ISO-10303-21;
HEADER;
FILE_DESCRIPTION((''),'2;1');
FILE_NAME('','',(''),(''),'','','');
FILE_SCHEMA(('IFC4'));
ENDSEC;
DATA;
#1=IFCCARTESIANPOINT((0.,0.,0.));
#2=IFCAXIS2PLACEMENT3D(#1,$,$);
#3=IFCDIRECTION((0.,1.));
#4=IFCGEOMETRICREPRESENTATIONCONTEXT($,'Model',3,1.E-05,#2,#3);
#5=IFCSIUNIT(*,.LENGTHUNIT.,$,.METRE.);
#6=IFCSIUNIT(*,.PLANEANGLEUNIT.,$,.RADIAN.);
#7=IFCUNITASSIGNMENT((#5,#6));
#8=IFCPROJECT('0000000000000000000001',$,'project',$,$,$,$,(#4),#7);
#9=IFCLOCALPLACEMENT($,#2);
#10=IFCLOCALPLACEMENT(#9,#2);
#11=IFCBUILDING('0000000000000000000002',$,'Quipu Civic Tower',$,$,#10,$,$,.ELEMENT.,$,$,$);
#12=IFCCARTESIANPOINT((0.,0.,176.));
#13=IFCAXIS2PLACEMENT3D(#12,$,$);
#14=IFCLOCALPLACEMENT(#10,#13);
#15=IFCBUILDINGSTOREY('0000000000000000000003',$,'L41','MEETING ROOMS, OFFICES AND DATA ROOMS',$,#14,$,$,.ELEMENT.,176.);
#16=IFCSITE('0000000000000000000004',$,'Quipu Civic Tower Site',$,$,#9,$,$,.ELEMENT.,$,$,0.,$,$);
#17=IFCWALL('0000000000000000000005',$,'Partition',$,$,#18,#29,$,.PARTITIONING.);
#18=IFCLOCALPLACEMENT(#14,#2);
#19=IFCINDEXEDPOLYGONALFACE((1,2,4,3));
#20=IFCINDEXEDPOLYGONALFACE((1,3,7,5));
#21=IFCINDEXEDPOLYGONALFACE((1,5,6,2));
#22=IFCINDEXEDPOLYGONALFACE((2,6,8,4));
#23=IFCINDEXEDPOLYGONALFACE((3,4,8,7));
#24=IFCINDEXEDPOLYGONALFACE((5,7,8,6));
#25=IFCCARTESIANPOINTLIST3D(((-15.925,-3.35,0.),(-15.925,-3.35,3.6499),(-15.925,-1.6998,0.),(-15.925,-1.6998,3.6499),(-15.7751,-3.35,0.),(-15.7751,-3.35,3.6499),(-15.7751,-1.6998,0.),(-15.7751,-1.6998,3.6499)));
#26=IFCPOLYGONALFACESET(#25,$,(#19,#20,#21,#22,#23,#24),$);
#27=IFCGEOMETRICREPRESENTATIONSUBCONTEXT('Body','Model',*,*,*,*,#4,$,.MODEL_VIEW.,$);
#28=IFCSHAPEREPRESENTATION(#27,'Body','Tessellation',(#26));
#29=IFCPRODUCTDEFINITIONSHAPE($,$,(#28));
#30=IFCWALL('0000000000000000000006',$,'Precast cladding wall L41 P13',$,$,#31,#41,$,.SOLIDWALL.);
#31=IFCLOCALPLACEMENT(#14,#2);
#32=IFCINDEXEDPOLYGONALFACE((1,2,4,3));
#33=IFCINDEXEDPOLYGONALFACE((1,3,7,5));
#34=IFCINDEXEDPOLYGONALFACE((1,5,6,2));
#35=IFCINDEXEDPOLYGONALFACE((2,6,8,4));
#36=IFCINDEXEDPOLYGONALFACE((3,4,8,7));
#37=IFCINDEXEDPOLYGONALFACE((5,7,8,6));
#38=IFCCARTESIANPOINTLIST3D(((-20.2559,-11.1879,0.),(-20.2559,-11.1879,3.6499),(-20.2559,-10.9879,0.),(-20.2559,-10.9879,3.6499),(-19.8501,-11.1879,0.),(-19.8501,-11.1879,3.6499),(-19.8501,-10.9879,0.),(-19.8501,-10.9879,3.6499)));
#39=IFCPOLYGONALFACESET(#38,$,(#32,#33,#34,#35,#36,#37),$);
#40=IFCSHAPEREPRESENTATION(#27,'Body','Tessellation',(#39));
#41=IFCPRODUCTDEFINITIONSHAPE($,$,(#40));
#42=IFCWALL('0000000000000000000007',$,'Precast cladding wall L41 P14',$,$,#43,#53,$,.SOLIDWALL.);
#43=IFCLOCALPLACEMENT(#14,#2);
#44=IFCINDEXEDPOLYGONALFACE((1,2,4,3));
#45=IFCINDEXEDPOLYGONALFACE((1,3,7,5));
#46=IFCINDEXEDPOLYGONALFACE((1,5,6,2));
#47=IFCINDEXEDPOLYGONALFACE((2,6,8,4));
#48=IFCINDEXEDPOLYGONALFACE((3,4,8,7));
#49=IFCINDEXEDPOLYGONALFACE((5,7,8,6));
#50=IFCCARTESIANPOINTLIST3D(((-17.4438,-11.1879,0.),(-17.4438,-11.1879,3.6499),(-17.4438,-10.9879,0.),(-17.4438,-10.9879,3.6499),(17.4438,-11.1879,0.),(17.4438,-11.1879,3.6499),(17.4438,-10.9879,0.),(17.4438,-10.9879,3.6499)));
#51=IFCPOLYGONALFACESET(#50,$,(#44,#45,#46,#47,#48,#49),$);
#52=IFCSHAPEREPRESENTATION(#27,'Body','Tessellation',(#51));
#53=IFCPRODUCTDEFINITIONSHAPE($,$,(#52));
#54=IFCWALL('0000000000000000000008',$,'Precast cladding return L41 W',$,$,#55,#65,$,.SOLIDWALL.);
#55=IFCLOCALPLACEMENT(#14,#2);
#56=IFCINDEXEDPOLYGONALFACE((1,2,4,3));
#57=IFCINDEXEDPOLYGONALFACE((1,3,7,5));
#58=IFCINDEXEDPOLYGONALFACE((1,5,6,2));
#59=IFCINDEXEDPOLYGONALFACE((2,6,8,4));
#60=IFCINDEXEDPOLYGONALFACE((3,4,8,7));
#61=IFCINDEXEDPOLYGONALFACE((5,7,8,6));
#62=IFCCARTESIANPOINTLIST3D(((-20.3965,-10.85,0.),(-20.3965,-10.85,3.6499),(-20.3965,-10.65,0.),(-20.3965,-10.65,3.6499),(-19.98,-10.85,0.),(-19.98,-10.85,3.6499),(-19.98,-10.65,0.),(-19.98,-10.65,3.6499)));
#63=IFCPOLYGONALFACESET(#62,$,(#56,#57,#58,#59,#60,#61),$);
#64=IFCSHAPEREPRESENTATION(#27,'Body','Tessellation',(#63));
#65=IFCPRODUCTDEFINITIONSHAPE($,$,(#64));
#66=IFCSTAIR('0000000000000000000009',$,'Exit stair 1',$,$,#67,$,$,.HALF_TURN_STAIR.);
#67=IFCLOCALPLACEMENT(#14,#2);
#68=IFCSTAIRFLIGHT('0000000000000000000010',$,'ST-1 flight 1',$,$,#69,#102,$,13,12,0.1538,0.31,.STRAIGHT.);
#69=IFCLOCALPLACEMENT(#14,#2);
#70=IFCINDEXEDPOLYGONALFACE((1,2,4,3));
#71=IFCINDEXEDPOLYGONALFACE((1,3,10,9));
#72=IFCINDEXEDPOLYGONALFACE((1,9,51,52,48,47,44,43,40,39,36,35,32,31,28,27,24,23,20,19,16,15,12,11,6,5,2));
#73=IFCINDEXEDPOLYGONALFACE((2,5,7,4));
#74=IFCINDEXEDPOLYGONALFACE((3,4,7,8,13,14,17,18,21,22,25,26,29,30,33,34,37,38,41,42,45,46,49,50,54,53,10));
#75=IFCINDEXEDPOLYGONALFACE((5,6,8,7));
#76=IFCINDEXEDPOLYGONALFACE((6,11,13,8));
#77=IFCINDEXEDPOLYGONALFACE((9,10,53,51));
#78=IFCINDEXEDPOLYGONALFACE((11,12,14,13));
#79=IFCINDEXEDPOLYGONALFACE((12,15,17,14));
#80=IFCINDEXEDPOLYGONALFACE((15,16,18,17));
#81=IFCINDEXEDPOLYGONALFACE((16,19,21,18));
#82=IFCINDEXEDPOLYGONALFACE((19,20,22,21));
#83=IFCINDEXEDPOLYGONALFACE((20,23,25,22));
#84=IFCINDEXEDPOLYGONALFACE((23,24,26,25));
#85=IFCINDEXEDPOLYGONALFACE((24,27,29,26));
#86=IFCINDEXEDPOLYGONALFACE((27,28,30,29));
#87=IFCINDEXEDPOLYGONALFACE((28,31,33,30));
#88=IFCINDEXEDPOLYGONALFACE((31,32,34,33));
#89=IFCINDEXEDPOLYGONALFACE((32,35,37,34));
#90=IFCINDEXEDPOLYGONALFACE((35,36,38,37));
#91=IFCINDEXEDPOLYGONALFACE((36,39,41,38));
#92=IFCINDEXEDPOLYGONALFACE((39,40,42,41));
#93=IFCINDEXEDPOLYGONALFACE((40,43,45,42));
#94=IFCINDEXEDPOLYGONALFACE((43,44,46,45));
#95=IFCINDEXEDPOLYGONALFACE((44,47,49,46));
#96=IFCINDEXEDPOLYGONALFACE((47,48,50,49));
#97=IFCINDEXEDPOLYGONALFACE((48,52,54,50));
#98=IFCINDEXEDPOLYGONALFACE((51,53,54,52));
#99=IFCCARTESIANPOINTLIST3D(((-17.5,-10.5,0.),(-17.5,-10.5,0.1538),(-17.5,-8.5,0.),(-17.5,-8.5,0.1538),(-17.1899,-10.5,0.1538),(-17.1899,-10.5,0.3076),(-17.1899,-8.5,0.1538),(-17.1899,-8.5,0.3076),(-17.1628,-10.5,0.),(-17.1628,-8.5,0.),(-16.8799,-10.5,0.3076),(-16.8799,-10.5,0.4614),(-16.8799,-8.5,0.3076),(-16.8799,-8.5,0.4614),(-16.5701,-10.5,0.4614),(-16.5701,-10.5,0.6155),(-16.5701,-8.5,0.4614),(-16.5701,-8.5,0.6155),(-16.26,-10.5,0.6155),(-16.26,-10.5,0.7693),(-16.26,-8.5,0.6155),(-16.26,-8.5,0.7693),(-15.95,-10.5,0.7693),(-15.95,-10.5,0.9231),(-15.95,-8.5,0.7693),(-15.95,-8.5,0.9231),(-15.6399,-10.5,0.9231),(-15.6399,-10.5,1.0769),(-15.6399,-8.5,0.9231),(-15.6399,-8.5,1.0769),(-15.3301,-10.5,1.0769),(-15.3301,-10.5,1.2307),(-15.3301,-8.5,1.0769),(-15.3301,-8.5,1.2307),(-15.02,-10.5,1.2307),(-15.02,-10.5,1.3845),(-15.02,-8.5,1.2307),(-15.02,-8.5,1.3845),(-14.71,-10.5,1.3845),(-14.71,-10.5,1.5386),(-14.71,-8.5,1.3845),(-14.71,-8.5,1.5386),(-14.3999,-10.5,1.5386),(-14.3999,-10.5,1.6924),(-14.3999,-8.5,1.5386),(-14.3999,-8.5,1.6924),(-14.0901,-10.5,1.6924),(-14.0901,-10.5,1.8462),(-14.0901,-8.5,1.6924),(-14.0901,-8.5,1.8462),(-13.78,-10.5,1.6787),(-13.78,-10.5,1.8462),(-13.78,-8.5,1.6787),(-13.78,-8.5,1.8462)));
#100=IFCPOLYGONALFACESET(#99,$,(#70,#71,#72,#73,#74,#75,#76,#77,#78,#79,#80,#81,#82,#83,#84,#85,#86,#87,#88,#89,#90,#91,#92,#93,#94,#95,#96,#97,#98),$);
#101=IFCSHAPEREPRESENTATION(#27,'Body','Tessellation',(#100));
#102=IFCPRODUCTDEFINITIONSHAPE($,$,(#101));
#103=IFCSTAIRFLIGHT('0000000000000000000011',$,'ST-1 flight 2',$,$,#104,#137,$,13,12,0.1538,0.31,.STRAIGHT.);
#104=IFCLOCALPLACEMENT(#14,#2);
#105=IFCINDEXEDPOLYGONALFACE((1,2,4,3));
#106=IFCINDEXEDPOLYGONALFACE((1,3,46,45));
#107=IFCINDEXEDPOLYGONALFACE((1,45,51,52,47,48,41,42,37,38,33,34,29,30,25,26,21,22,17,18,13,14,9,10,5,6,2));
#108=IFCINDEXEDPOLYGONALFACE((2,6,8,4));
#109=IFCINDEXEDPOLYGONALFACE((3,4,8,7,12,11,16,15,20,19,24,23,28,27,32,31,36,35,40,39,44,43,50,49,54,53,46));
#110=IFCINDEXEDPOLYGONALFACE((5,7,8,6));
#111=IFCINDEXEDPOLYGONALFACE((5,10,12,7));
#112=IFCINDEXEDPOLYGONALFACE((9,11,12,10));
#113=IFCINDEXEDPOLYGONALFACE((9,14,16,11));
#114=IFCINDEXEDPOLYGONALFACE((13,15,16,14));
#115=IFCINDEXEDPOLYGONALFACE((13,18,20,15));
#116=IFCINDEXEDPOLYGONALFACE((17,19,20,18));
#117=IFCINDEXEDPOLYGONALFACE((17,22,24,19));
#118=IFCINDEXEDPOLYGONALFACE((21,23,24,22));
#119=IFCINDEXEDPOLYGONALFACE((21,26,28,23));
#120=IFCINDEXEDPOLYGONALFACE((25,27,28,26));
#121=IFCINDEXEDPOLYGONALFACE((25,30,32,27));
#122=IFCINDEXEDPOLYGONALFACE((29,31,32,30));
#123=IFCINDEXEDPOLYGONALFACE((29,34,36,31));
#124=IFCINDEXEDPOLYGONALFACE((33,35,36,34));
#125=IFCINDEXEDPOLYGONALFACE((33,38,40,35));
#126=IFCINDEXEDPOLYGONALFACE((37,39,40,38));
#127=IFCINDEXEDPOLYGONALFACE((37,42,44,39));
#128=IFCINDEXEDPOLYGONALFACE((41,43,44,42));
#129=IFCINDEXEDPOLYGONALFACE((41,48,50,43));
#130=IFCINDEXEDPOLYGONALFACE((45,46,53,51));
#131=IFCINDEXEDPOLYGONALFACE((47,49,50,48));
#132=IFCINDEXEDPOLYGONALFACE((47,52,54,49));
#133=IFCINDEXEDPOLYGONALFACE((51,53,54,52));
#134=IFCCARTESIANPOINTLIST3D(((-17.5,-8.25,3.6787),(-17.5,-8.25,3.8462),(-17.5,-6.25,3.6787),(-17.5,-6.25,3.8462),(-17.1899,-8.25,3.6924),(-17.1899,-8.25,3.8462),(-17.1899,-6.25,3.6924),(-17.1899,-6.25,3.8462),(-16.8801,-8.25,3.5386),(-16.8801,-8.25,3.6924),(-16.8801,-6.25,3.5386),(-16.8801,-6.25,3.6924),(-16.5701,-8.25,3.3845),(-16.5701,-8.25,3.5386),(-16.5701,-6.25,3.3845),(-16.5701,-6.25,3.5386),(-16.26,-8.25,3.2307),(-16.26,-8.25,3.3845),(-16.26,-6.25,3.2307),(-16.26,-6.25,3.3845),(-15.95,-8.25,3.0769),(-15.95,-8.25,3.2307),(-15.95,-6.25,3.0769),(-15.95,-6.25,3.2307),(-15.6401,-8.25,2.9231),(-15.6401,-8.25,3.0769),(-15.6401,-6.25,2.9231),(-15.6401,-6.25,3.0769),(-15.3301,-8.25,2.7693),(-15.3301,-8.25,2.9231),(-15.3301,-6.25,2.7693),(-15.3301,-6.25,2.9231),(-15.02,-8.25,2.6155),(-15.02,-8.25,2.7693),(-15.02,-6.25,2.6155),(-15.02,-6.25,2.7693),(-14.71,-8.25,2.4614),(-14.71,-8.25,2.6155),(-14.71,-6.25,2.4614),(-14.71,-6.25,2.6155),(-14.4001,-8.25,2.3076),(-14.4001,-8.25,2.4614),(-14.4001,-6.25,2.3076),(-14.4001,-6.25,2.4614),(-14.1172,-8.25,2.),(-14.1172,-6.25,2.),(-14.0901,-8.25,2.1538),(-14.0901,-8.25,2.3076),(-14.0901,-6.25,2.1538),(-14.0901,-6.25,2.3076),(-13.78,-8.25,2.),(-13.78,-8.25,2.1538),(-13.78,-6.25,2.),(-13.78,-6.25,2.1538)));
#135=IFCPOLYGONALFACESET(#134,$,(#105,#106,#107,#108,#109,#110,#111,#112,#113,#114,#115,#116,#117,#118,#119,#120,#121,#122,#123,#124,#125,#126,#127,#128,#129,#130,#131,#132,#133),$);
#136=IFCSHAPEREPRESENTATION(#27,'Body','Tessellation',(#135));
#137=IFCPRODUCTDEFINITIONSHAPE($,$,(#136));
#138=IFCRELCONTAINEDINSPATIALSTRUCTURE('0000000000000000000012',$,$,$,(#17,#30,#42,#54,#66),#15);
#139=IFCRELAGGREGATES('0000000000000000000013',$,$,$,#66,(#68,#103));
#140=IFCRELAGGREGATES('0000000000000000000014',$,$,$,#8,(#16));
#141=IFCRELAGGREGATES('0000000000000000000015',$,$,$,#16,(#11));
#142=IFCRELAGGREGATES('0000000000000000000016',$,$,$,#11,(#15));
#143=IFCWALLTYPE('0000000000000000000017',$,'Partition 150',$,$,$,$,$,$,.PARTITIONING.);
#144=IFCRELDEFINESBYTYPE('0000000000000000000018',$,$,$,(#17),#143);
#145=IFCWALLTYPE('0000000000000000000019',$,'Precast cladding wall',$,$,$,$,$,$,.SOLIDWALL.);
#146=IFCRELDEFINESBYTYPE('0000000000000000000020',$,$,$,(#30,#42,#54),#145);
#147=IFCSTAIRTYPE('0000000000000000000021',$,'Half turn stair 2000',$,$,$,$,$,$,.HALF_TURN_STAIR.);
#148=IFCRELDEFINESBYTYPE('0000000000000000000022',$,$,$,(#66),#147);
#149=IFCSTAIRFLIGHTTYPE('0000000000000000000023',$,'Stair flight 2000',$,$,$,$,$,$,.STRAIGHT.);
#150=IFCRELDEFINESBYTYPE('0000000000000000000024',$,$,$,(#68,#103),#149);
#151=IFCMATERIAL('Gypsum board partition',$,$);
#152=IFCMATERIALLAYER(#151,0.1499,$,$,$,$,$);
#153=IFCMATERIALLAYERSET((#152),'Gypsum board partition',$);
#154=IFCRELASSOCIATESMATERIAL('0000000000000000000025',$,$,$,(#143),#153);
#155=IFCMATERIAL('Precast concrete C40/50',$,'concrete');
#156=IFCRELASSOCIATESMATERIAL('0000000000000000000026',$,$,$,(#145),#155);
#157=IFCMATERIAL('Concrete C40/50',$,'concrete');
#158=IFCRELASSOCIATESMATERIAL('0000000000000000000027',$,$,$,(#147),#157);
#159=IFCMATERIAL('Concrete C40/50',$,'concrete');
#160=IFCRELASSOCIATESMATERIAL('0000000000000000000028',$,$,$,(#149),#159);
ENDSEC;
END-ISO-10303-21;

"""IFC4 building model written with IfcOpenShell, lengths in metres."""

from ifc_helpers import new_model, si_unit, direction, frame, frame_2d, origin, place, context, subcontext, project, spatial, polyline, rectangle, outline, extrude, material, layer, layer_set, type_object, element, aggregate, save


model = new_model("IFC4")

# Units and contexts
model_context = context("Model", 3, precision=1e-05, world=origin(), true_north=direction((0.0, 1.0)))
body_context = subcontext(model_context, "Body", "Model", "MODEL_VIEW")
ifc_project = project(units=[si_unit("LENGTHUNIT", "METRE"), si_unit("PLANEANGLEUNIT", "RADIAN")], contexts=[model_context])

# Site, building, storey
site_placement = place(None, origin())
site = spatial("IfcSite", under=ifc_project, at=site_placement, Name="Quipu Civic Tower Site", CompositionType="ELEMENT", RefElevation=0.0)
building_placement = place(site_placement, origin())
building = spatial("IfcBuilding", under=site, at=building_placement, Name="Quipu Civic Tower", CompositionType="ELEMENT")
storey_placement = place(building_placement, frame((0.0, 0.0, 176.0)))
storey = spatial("IfcBuildingStorey", under=building, at=storey_placement, Name="L41", Description="MEETING ROOMS, OFFICES AND DATA ROOMS", CompositionType="ELEMENT", Elevation=176.0)

# Walls
ifc_material_1 = material(Name="Gypsum board partition")
ifc_layer_1 = layer(ifc_material_1, 0.1499)
ifc_layer_set_1 = layer_set([ifc_layer_1], Name="Gypsum board partition")
wall_type_1 = type_object("IfcWallType", Name="Partition 150", PredefinedType="PARTITIONING", material=ifc_layer_set_1)
wall_1_placement = place(storey_placement, frame((-15.8501, -3.3501, 0.0), z_axis=(0.0, 0.0, 1.0), x_axis=(0.0, 1.0, 0.0)))
element("IfcWall", 1, at=wall_1_placement, inside=storey, type_object=wall_type_1, Name="Partition", PredefinedType="PARTITIONING", context=body_context, shape_type="SweptSolid", body=[
    extrude(rectangle(XDim=1.6501, YDim=0.1499, at=frame_2d((0.8252, 0.0))), origin(), (0.0, 0.0, 1.0), 3.6499),
])
ifc_material_2 = material(Name="Precast concrete C40/50", Category="concrete")
wall_type_2 = type_object("IfcWallType", Name="Precast cladding wall", PredefinedType="SOLIDWALL", material=ifc_material_2)
wall_2_placement = place(storey_placement, frame((-20.2559, -11.0879, 0.0), z_axis=(0.0, 0.0, 1.0), x_axis=(1.0, 0.0, 0.0)))
element("IfcWall", 2, at=wall_2_placement, inside=storey, type_object=wall_type_2, Name="Precast cladding wall L41 P13", PredefinedType="SOLIDWALL", context=body_context, shape_type="SweptSolid", body=[
    extrude(rectangle(XDim=0.4058, YDim=0.2, at=frame_2d((0.2029, 0.0))), origin(), (0.0, 0.0, 1.0), 3.6499),
])
wall_3_placement = place(storey_placement, frame((-17.4438, -11.0879, 0.0), z_axis=(0.0, 0.0, 1.0), x_axis=(1.0, 0.0, 0.0)))
element("IfcWall", 3, at=wall_3_placement, inside=storey, type_object=wall_type_2, Name="Precast cladding wall L41 P14", PredefinedType="SOLIDWALL", context=body_context, shape_type="SweptSolid", body=[
    extrude(rectangle(XDim=34.8877, YDim=0.2, at=frame_2d((17.4438, 0.0))), origin(), (0.0, 0.0, 1.0), 3.6499),
])
wall_4_placement = place(storey_placement, frame((-19.98, -10.75, 0.0), z_axis=(0.0, 0.0, 1.0), x_axis=(-1.0, 0.0, 0.0)))
element("IfcWall", 4, at=wall_4_placement, inside=storey, type_object=wall_type_2, Name="Precast cladding return L41 W", PredefinedType="SOLIDWALL", context=body_context, shape_type="SweptSolid", body=[
    extrude(rectangle(XDim=0.4165, YDim=0.2, at=frame_2d((0.2083, 0.0))), origin(), (0.0, 0.0, 1.0), 3.6499),
])

# Stair, stair flights
ifc_material_3 = material(Name="Concrete C40/50", Category="concrete")
stair_type = type_object("IfcStairType", Name="Half turn stair 2000", PredefinedType="HALF_TURN_STAIR", material=ifc_material_3)
stair_placement = place(storey_placement, origin())
stair = element("IfcStair", 5, at=stair_placement, inside=storey, type_object=stair_type, Name="Exit stair 1", PredefinedType="HALF_TURN_STAIR")
ifc_material_4 = material(Name="Concrete C40/50", Category="concrete")
stair_flight_type = type_object("IfcStairFlightType", Name="Stair flight 2000", PredefinedType="STRAIGHT", material=ifc_material_4)
stair_flight_1_placement = place(storey_placement, frame((-17.5, -9.5, 0.0), z_axis=(0.0, 0.0, 1.0), x_axis=(1.0, 0.0, 0.0)))
stair_flight_1 = element("IfcStairFlight", 6, at=stair_flight_1_placement, type_object=stair_flight_type, Name="ST-1 flight 1", NumberOfRisers=13, NumberOfTreads=12, PredefinedType="STRAIGHT", RiserHeight=0.1538, TreadLength=0.31, context=body_context, shape_type="SweptSolid", body=[
    extrude(outline(polyline([(0.0, 0.0), (0.0, 0.1538), (0.3101, 0.1538), (0.3101, 0.3076), (0.6201, 0.3076), (0.6201, 0.4614), (0.9299, 0.4614), (0.9299, 0.6155), (1.24, 0.6155), (1.24, 0.7693), (1.55, 0.7693), (1.55, 0.9231), (1.8601, 0.9231), (1.8601, 1.0769), (2.1699, 1.0769), (2.1699, 1.2307), (2.48, 1.2307), (2.48, 1.3845), (2.79, 1.3845), (2.79, 1.5386), (3.1001, 1.5386), (3.1001, 1.6924), (3.4099, 1.6924), (3.4099, 1.8462), (3.72, 1.8462), (3.72, 2.0), (3.72, 1.6787), (0.3372, 0.0), (0.0, 0.0)])), frame((0.0, 1.0, 0.0), z_axis=(0.0, -1.0, 0.0), x_axis=(1.0, 0.0, 0.0)), (0.0, 0.0, 1.0), 2.0),
])
stair_flight_2_placement = place(storey_placement, frame((-13.78, -7.25, 2.0), z_axis=(0.0, 0.0, 1.0), x_axis=(-1.0, 0.0, 0.0)))
stair_flight_2 = element("IfcStairFlight", 7, at=stair_flight_2_placement, type_object=stair_flight_type, Name="ST-1 flight 2", NumberOfRisers=13, NumberOfTreads=12, PredefinedType="STRAIGHT", RiserHeight=0.1538, TreadLength=0.31, context=body_context, shape_type="SweptSolid", body=[
    extrude(outline(polyline([(0.0, 0.0), (0.0, 0.1538), (0.3101, 0.1538), (0.3101, 0.3076), (0.6201, 0.3076), (0.6201, 0.4614), (0.9299, 0.4614), (0.9299, 0.6155), (1.24, 0.6155), (1.24, 0.7693), (1.55, 0.7693), (1.55, 0.9231), (1.8601, 0.9231), (1.8601, 1.0769), (2.1699, 1.0769), (2.1699, 1.2307), (2.48, 1.2307), (2.48, 1.3845), (2.79, 1.3845), (2.79, 1.5386), (3.1001, 1.5386), (3.1001, 1.6924), (3.4099, 1.6924), (3.4099, 1.8462), (3.72, 1.8462), (3.72, 2.0), (3.72, 1.6787), (0.3372, 0.0), (0.0, 0.0)])), frame((0.0, 1.0, 0.0), z_axis=(0.0, -1.0, 0.0), x_axis=(1.0, 0.0, 0.0)), (0.0, 0.0, 1.0), 2.0),
])
aggregate(stair, [stair_flight_1, stair_flight_2])

save(model, "model.ifc")
